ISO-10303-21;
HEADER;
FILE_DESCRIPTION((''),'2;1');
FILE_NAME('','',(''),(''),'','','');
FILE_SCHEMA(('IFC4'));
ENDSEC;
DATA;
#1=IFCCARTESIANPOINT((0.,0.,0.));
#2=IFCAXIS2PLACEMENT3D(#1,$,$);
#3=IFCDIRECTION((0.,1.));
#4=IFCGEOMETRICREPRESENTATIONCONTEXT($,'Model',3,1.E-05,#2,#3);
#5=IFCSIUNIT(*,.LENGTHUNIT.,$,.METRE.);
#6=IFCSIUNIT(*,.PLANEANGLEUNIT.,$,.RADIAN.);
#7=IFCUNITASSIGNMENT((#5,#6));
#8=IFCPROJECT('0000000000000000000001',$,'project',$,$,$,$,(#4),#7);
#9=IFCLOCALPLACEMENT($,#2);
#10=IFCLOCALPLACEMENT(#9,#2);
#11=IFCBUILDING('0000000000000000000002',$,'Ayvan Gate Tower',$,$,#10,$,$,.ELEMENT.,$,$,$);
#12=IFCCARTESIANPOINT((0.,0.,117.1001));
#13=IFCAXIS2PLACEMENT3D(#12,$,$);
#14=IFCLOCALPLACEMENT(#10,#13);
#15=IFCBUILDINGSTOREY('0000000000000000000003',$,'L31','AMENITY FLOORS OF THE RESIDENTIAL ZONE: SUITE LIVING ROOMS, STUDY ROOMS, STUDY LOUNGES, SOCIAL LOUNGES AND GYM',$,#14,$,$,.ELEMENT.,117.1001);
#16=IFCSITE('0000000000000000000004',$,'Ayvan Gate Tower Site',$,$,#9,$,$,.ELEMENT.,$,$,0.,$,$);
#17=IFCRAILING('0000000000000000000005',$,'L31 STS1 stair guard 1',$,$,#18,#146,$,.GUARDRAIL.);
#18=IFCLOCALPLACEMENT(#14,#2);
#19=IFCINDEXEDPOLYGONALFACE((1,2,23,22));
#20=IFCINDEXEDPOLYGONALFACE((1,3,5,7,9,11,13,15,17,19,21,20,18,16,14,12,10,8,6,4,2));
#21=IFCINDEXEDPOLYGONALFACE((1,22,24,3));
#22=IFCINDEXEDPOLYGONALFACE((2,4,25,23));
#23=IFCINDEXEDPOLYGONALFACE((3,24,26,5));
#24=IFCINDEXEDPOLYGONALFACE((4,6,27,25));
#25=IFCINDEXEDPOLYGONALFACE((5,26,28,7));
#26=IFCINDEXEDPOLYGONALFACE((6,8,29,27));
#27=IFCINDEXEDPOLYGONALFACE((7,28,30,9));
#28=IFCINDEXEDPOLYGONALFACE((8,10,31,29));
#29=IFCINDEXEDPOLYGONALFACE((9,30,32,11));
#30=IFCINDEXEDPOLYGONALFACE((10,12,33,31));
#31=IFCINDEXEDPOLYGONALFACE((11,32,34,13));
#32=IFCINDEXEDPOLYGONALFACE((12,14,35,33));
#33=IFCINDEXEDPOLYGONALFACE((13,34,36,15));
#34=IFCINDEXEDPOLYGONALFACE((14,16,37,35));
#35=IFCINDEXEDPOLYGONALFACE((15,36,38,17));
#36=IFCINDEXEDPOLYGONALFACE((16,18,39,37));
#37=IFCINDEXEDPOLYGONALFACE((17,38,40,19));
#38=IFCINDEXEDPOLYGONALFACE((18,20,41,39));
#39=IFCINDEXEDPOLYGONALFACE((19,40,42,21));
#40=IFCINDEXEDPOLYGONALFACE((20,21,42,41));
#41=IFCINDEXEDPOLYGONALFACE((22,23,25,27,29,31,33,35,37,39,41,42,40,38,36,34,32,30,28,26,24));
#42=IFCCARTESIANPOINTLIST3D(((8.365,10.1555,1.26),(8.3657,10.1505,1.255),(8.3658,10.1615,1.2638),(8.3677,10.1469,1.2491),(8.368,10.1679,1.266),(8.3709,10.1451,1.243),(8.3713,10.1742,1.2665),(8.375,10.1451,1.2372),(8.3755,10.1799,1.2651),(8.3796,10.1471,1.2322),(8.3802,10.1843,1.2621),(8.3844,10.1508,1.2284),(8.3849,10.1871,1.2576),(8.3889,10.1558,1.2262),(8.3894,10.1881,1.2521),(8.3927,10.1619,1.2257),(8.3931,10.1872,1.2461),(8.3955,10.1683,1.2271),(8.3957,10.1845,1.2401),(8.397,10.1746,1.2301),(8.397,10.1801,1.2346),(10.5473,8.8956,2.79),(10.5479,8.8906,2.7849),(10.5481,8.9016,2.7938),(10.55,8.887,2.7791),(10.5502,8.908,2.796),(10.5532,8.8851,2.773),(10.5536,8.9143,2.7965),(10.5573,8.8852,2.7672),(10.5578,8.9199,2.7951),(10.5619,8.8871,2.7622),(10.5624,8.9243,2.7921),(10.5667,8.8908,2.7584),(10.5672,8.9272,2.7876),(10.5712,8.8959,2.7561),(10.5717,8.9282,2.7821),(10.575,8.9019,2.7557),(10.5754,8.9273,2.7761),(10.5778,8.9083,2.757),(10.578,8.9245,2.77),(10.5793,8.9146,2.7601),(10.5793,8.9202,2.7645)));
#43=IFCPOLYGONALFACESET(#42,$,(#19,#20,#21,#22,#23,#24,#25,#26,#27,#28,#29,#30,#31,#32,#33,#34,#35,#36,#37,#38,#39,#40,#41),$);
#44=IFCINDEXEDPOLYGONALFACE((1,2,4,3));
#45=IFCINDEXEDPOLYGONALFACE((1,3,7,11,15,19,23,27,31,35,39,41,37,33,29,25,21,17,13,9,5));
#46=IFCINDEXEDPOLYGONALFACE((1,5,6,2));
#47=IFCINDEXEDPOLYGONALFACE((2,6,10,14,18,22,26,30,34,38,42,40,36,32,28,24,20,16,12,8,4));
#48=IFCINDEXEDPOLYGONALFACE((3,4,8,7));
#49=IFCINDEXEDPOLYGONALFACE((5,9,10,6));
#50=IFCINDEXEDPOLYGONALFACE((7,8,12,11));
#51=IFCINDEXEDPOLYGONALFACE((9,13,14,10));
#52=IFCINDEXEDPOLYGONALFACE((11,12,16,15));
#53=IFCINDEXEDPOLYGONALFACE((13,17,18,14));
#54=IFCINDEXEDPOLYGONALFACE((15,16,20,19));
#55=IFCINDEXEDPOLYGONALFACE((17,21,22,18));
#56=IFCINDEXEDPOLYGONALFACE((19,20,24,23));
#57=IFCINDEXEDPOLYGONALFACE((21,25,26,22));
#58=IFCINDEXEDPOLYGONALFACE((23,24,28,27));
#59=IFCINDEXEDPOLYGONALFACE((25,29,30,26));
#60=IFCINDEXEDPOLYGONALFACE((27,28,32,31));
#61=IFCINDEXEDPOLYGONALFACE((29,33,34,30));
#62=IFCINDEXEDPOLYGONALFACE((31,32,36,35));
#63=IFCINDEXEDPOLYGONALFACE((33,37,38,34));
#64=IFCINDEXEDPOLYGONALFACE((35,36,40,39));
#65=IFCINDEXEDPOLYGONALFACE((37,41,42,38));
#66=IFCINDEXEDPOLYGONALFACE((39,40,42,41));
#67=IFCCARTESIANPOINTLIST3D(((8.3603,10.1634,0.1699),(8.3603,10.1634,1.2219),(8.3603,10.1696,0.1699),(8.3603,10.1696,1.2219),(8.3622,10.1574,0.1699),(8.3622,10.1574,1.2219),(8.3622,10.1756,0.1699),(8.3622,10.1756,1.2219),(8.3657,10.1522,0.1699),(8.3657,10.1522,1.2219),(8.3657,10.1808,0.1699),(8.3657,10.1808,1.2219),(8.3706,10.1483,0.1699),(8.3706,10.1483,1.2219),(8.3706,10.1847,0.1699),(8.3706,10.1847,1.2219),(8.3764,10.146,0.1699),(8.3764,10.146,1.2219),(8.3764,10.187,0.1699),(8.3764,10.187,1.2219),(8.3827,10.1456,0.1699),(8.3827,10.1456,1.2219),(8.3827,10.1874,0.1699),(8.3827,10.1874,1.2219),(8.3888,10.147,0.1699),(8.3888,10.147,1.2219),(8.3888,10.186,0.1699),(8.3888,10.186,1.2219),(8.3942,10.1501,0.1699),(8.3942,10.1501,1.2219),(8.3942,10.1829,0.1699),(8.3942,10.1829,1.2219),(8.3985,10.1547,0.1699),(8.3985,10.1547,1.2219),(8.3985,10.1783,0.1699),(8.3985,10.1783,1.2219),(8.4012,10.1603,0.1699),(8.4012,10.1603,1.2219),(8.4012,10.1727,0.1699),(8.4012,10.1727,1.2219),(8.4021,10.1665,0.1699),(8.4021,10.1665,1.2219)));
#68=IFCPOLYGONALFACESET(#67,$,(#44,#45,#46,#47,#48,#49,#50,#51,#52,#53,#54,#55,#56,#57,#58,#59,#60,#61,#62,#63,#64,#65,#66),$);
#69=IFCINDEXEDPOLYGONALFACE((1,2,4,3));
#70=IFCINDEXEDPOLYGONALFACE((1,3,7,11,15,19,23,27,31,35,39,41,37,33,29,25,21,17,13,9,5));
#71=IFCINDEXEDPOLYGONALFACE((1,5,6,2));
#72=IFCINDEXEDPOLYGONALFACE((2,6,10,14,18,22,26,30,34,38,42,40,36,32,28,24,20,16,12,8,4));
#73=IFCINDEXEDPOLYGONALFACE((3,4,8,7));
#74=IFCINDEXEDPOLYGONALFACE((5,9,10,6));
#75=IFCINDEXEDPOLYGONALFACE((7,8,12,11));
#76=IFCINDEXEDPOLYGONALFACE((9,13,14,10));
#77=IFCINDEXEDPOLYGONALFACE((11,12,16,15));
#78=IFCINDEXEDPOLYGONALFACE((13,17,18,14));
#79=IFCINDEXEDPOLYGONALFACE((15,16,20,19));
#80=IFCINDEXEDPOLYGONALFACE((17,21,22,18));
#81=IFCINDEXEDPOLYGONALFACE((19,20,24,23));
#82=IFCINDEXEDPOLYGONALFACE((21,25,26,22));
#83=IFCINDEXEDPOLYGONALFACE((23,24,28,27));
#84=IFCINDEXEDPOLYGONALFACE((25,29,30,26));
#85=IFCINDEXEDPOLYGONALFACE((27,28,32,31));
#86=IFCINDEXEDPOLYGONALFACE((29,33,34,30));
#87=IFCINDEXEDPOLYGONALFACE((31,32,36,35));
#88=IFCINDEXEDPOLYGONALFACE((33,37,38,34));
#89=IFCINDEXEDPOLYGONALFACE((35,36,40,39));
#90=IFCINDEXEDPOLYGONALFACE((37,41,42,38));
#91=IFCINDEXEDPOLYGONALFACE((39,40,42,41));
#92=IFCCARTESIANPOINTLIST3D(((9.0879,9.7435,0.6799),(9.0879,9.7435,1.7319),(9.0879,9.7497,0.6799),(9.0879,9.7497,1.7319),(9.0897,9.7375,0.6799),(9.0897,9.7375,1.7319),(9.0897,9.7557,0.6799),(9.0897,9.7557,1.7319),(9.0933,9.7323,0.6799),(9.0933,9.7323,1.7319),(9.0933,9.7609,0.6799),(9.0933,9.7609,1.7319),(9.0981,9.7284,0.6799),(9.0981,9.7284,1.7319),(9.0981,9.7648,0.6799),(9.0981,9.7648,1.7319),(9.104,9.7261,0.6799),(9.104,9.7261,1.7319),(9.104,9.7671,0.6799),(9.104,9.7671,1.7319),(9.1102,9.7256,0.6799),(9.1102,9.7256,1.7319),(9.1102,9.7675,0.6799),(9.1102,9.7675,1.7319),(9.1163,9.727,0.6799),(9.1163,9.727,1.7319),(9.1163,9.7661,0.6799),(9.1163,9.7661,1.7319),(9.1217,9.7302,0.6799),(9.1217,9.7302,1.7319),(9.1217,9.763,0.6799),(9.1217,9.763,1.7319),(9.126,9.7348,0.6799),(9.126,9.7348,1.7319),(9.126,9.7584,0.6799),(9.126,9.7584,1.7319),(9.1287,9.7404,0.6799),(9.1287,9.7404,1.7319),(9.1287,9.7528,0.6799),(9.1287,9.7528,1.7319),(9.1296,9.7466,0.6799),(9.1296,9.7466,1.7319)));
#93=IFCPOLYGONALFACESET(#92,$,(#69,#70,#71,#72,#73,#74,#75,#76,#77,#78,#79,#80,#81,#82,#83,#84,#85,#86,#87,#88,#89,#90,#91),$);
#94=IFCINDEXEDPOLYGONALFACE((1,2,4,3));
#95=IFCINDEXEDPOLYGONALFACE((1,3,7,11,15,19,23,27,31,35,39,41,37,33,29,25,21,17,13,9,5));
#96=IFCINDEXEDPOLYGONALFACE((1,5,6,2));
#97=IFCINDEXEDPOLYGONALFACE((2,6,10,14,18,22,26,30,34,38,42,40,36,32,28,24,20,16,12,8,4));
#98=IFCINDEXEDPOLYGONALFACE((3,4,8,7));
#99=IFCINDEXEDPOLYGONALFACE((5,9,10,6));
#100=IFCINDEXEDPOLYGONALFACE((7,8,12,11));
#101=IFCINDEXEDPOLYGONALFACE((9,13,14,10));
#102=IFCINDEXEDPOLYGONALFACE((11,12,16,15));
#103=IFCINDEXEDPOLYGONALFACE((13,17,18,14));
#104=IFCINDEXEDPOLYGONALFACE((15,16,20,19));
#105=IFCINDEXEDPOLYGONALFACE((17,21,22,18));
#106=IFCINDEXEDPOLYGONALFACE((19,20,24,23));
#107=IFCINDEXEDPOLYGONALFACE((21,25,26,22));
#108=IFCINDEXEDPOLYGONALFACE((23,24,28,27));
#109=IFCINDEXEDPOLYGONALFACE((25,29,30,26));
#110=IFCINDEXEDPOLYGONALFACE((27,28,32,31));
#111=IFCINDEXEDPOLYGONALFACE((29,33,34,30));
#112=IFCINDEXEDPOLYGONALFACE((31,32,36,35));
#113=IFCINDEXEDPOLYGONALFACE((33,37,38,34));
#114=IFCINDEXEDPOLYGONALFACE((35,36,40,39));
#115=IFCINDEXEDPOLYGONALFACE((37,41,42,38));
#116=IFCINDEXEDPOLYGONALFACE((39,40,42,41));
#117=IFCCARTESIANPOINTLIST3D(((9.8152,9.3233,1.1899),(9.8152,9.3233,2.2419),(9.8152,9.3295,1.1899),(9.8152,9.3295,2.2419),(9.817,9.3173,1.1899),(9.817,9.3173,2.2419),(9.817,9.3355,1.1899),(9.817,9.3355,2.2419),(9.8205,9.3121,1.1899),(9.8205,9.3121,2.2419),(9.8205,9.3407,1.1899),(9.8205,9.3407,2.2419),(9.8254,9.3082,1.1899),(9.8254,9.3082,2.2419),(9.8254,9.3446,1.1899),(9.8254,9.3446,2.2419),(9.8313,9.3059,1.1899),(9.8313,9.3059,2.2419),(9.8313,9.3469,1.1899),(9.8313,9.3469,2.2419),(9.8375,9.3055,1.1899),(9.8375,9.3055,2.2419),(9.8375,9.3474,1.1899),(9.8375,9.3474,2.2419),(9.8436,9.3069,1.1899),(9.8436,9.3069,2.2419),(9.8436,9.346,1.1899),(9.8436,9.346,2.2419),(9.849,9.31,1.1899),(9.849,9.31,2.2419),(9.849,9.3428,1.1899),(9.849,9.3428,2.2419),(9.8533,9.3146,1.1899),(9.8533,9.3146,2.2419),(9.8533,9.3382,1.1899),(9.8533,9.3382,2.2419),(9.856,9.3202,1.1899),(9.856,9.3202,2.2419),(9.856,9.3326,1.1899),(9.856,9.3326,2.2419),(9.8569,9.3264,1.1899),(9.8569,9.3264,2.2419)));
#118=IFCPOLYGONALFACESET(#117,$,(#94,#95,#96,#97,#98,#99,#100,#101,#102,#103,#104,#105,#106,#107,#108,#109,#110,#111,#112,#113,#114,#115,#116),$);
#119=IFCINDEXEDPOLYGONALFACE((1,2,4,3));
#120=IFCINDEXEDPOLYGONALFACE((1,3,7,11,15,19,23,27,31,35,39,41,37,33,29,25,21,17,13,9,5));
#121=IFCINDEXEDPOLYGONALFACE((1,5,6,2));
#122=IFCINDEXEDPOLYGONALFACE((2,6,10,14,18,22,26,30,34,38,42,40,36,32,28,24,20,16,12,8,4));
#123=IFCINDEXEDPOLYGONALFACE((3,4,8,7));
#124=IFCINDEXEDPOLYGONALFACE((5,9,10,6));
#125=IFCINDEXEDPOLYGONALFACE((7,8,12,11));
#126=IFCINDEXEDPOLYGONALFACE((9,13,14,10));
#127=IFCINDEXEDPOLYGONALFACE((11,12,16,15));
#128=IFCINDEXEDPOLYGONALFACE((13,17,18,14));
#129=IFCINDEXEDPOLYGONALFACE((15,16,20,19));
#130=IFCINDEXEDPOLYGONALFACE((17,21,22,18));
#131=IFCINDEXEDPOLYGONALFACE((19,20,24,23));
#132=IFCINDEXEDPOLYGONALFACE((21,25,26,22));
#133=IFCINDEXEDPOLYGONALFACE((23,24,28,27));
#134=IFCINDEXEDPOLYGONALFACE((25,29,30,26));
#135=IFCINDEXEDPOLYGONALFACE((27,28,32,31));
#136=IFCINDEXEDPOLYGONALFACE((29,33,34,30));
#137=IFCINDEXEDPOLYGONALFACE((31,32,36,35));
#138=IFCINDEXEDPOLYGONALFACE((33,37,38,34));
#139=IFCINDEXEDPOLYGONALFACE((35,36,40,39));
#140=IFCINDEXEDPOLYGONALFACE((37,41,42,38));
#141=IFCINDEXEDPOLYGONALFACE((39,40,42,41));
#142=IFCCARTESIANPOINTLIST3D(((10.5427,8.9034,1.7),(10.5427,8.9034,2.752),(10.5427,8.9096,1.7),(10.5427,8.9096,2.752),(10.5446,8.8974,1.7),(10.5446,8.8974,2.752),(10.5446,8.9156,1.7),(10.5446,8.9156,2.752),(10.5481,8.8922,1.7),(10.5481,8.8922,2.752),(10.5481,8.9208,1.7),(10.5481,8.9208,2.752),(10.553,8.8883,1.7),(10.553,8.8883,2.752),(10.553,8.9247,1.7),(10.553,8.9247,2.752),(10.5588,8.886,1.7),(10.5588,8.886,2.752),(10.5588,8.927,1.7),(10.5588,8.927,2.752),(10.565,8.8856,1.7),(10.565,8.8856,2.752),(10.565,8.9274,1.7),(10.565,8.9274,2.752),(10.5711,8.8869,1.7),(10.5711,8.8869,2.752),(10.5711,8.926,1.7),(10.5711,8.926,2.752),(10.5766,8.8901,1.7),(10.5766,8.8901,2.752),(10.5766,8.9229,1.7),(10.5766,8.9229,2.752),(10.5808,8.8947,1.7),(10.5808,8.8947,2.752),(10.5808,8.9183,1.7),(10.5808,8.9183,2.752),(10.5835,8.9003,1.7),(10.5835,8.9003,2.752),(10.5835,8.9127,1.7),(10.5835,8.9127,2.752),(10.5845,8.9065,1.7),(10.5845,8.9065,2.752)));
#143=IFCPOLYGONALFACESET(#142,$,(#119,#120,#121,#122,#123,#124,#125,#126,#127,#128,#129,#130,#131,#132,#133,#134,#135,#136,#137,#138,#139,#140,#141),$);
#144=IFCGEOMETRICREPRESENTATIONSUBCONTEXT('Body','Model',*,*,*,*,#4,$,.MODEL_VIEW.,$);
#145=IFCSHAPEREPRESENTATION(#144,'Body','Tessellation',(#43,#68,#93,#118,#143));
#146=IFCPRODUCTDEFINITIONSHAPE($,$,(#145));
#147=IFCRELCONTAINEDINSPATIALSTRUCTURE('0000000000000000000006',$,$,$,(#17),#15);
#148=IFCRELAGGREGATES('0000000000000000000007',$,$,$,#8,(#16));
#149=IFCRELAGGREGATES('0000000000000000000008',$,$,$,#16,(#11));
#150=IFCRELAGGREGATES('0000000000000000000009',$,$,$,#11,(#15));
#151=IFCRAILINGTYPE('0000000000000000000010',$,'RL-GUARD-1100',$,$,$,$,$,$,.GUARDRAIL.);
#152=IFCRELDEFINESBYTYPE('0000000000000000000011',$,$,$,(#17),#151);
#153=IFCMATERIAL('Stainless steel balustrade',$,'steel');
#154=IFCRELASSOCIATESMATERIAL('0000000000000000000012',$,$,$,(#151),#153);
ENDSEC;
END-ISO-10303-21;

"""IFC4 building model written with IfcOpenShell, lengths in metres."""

from ifc_helpers import new_model, si_unit, direction, frame, origin, origin_2d, place, context, subcontext, project, spatial, circle, extrude, material, type_object, element, save


model = new_model("IFC4")

# Units and contexts
model_context = context("Model", 3, precision=1e-05, world=origin(), true_north=direction((0.0, 1.0)))
body_context = subcontext(model_context, "Body", "Model", "MODEL_VIEW")
ifc_project = project(units=[si_unit("LENGTHUNIT", "METRE"), si_unit("PLANEANGLEUNIT", "RADIAN")], contexts=[model_context])

# Site, building, storey
site_placement = place(None, origin())
site = spatial("IfcSite", under=ifc_project, at=site_placement, Name="Ayvan Gate Tower Site", CompositionType="ELEMENT", RefElevation=0.0)
building_placement = place(site_placement, origin())
building = spatial("IfcBuilding", under=site, at=building_placement, Name="Ayvan Gate Tower", CompositionType="ELEMENT")
storey_placement = place(building_placement, frame((0.0, 0.0, 117.1001)))
storey = spatial("IfcBuildingStorey", under=building, at=storey_placement, Name="L31", Description="AMENITY FLOORS OF THE RESIDENTIAL ZONE: SUITE LIVING ROOMS, STUDY ROOMS, STUDY LOUNGES, SOCIAL LOUNGES AND GYM", CompositionType="ELEMENT", Elevation=117.1001)

# Railing
ifc_material_1 = material(Name="Stainless steel balustrade", Category="steel")
railing_type_1 = type_object("IfcRailingType", Name="RL-GUARD-1100", PredefinedType="GUARDRAIL", material=ifc_material_1)
railing_1_placement = place(storey_placement, frame((8.3811, 10.1665, 0.1699)))
element("IfcRailing", 1, at=railing_1_placement, inside=storey, type_object=railing_type_1, Name="L31 STS1 stair guard 1", PredefinedType="GUARDRAIL", context=body_context, shape_type="SweptSolid", body=[
    extrude(circle(Radius=0.0239, at=origin_2d()), frame((0.0, 0.0, 1.0762), z_axis=(0.740261, -0.427395, 0.518986), x_axis=(0.500005, 0.866023, 0.0)), (0.0, 0.0, 1.0), 2.948),
    extrude(circle(Radius=0.021, at=origin_2d()), origin(), (0.0, 0.0, 1.0), 1.052),
    extrude(circle(Radius=0.021, at=origin_2d()), frame((0.7275, -0.4199, 0.51)), (0.0, 0.0, 1.0), 1.052),
    extrude(circle(Radius=0.021, at=origin_2d()), frame((1.4548, -0.8401, 1.02)), (0.0, 0.0, 1.0), 1.052),
    extrude(circle(Radius=0.021, at=origin_2d()), frame((2.1824, -1.26, 1.53)), (0.0, 0.0, 1.0), 1.052),
])

save(model, "model.ifc")
